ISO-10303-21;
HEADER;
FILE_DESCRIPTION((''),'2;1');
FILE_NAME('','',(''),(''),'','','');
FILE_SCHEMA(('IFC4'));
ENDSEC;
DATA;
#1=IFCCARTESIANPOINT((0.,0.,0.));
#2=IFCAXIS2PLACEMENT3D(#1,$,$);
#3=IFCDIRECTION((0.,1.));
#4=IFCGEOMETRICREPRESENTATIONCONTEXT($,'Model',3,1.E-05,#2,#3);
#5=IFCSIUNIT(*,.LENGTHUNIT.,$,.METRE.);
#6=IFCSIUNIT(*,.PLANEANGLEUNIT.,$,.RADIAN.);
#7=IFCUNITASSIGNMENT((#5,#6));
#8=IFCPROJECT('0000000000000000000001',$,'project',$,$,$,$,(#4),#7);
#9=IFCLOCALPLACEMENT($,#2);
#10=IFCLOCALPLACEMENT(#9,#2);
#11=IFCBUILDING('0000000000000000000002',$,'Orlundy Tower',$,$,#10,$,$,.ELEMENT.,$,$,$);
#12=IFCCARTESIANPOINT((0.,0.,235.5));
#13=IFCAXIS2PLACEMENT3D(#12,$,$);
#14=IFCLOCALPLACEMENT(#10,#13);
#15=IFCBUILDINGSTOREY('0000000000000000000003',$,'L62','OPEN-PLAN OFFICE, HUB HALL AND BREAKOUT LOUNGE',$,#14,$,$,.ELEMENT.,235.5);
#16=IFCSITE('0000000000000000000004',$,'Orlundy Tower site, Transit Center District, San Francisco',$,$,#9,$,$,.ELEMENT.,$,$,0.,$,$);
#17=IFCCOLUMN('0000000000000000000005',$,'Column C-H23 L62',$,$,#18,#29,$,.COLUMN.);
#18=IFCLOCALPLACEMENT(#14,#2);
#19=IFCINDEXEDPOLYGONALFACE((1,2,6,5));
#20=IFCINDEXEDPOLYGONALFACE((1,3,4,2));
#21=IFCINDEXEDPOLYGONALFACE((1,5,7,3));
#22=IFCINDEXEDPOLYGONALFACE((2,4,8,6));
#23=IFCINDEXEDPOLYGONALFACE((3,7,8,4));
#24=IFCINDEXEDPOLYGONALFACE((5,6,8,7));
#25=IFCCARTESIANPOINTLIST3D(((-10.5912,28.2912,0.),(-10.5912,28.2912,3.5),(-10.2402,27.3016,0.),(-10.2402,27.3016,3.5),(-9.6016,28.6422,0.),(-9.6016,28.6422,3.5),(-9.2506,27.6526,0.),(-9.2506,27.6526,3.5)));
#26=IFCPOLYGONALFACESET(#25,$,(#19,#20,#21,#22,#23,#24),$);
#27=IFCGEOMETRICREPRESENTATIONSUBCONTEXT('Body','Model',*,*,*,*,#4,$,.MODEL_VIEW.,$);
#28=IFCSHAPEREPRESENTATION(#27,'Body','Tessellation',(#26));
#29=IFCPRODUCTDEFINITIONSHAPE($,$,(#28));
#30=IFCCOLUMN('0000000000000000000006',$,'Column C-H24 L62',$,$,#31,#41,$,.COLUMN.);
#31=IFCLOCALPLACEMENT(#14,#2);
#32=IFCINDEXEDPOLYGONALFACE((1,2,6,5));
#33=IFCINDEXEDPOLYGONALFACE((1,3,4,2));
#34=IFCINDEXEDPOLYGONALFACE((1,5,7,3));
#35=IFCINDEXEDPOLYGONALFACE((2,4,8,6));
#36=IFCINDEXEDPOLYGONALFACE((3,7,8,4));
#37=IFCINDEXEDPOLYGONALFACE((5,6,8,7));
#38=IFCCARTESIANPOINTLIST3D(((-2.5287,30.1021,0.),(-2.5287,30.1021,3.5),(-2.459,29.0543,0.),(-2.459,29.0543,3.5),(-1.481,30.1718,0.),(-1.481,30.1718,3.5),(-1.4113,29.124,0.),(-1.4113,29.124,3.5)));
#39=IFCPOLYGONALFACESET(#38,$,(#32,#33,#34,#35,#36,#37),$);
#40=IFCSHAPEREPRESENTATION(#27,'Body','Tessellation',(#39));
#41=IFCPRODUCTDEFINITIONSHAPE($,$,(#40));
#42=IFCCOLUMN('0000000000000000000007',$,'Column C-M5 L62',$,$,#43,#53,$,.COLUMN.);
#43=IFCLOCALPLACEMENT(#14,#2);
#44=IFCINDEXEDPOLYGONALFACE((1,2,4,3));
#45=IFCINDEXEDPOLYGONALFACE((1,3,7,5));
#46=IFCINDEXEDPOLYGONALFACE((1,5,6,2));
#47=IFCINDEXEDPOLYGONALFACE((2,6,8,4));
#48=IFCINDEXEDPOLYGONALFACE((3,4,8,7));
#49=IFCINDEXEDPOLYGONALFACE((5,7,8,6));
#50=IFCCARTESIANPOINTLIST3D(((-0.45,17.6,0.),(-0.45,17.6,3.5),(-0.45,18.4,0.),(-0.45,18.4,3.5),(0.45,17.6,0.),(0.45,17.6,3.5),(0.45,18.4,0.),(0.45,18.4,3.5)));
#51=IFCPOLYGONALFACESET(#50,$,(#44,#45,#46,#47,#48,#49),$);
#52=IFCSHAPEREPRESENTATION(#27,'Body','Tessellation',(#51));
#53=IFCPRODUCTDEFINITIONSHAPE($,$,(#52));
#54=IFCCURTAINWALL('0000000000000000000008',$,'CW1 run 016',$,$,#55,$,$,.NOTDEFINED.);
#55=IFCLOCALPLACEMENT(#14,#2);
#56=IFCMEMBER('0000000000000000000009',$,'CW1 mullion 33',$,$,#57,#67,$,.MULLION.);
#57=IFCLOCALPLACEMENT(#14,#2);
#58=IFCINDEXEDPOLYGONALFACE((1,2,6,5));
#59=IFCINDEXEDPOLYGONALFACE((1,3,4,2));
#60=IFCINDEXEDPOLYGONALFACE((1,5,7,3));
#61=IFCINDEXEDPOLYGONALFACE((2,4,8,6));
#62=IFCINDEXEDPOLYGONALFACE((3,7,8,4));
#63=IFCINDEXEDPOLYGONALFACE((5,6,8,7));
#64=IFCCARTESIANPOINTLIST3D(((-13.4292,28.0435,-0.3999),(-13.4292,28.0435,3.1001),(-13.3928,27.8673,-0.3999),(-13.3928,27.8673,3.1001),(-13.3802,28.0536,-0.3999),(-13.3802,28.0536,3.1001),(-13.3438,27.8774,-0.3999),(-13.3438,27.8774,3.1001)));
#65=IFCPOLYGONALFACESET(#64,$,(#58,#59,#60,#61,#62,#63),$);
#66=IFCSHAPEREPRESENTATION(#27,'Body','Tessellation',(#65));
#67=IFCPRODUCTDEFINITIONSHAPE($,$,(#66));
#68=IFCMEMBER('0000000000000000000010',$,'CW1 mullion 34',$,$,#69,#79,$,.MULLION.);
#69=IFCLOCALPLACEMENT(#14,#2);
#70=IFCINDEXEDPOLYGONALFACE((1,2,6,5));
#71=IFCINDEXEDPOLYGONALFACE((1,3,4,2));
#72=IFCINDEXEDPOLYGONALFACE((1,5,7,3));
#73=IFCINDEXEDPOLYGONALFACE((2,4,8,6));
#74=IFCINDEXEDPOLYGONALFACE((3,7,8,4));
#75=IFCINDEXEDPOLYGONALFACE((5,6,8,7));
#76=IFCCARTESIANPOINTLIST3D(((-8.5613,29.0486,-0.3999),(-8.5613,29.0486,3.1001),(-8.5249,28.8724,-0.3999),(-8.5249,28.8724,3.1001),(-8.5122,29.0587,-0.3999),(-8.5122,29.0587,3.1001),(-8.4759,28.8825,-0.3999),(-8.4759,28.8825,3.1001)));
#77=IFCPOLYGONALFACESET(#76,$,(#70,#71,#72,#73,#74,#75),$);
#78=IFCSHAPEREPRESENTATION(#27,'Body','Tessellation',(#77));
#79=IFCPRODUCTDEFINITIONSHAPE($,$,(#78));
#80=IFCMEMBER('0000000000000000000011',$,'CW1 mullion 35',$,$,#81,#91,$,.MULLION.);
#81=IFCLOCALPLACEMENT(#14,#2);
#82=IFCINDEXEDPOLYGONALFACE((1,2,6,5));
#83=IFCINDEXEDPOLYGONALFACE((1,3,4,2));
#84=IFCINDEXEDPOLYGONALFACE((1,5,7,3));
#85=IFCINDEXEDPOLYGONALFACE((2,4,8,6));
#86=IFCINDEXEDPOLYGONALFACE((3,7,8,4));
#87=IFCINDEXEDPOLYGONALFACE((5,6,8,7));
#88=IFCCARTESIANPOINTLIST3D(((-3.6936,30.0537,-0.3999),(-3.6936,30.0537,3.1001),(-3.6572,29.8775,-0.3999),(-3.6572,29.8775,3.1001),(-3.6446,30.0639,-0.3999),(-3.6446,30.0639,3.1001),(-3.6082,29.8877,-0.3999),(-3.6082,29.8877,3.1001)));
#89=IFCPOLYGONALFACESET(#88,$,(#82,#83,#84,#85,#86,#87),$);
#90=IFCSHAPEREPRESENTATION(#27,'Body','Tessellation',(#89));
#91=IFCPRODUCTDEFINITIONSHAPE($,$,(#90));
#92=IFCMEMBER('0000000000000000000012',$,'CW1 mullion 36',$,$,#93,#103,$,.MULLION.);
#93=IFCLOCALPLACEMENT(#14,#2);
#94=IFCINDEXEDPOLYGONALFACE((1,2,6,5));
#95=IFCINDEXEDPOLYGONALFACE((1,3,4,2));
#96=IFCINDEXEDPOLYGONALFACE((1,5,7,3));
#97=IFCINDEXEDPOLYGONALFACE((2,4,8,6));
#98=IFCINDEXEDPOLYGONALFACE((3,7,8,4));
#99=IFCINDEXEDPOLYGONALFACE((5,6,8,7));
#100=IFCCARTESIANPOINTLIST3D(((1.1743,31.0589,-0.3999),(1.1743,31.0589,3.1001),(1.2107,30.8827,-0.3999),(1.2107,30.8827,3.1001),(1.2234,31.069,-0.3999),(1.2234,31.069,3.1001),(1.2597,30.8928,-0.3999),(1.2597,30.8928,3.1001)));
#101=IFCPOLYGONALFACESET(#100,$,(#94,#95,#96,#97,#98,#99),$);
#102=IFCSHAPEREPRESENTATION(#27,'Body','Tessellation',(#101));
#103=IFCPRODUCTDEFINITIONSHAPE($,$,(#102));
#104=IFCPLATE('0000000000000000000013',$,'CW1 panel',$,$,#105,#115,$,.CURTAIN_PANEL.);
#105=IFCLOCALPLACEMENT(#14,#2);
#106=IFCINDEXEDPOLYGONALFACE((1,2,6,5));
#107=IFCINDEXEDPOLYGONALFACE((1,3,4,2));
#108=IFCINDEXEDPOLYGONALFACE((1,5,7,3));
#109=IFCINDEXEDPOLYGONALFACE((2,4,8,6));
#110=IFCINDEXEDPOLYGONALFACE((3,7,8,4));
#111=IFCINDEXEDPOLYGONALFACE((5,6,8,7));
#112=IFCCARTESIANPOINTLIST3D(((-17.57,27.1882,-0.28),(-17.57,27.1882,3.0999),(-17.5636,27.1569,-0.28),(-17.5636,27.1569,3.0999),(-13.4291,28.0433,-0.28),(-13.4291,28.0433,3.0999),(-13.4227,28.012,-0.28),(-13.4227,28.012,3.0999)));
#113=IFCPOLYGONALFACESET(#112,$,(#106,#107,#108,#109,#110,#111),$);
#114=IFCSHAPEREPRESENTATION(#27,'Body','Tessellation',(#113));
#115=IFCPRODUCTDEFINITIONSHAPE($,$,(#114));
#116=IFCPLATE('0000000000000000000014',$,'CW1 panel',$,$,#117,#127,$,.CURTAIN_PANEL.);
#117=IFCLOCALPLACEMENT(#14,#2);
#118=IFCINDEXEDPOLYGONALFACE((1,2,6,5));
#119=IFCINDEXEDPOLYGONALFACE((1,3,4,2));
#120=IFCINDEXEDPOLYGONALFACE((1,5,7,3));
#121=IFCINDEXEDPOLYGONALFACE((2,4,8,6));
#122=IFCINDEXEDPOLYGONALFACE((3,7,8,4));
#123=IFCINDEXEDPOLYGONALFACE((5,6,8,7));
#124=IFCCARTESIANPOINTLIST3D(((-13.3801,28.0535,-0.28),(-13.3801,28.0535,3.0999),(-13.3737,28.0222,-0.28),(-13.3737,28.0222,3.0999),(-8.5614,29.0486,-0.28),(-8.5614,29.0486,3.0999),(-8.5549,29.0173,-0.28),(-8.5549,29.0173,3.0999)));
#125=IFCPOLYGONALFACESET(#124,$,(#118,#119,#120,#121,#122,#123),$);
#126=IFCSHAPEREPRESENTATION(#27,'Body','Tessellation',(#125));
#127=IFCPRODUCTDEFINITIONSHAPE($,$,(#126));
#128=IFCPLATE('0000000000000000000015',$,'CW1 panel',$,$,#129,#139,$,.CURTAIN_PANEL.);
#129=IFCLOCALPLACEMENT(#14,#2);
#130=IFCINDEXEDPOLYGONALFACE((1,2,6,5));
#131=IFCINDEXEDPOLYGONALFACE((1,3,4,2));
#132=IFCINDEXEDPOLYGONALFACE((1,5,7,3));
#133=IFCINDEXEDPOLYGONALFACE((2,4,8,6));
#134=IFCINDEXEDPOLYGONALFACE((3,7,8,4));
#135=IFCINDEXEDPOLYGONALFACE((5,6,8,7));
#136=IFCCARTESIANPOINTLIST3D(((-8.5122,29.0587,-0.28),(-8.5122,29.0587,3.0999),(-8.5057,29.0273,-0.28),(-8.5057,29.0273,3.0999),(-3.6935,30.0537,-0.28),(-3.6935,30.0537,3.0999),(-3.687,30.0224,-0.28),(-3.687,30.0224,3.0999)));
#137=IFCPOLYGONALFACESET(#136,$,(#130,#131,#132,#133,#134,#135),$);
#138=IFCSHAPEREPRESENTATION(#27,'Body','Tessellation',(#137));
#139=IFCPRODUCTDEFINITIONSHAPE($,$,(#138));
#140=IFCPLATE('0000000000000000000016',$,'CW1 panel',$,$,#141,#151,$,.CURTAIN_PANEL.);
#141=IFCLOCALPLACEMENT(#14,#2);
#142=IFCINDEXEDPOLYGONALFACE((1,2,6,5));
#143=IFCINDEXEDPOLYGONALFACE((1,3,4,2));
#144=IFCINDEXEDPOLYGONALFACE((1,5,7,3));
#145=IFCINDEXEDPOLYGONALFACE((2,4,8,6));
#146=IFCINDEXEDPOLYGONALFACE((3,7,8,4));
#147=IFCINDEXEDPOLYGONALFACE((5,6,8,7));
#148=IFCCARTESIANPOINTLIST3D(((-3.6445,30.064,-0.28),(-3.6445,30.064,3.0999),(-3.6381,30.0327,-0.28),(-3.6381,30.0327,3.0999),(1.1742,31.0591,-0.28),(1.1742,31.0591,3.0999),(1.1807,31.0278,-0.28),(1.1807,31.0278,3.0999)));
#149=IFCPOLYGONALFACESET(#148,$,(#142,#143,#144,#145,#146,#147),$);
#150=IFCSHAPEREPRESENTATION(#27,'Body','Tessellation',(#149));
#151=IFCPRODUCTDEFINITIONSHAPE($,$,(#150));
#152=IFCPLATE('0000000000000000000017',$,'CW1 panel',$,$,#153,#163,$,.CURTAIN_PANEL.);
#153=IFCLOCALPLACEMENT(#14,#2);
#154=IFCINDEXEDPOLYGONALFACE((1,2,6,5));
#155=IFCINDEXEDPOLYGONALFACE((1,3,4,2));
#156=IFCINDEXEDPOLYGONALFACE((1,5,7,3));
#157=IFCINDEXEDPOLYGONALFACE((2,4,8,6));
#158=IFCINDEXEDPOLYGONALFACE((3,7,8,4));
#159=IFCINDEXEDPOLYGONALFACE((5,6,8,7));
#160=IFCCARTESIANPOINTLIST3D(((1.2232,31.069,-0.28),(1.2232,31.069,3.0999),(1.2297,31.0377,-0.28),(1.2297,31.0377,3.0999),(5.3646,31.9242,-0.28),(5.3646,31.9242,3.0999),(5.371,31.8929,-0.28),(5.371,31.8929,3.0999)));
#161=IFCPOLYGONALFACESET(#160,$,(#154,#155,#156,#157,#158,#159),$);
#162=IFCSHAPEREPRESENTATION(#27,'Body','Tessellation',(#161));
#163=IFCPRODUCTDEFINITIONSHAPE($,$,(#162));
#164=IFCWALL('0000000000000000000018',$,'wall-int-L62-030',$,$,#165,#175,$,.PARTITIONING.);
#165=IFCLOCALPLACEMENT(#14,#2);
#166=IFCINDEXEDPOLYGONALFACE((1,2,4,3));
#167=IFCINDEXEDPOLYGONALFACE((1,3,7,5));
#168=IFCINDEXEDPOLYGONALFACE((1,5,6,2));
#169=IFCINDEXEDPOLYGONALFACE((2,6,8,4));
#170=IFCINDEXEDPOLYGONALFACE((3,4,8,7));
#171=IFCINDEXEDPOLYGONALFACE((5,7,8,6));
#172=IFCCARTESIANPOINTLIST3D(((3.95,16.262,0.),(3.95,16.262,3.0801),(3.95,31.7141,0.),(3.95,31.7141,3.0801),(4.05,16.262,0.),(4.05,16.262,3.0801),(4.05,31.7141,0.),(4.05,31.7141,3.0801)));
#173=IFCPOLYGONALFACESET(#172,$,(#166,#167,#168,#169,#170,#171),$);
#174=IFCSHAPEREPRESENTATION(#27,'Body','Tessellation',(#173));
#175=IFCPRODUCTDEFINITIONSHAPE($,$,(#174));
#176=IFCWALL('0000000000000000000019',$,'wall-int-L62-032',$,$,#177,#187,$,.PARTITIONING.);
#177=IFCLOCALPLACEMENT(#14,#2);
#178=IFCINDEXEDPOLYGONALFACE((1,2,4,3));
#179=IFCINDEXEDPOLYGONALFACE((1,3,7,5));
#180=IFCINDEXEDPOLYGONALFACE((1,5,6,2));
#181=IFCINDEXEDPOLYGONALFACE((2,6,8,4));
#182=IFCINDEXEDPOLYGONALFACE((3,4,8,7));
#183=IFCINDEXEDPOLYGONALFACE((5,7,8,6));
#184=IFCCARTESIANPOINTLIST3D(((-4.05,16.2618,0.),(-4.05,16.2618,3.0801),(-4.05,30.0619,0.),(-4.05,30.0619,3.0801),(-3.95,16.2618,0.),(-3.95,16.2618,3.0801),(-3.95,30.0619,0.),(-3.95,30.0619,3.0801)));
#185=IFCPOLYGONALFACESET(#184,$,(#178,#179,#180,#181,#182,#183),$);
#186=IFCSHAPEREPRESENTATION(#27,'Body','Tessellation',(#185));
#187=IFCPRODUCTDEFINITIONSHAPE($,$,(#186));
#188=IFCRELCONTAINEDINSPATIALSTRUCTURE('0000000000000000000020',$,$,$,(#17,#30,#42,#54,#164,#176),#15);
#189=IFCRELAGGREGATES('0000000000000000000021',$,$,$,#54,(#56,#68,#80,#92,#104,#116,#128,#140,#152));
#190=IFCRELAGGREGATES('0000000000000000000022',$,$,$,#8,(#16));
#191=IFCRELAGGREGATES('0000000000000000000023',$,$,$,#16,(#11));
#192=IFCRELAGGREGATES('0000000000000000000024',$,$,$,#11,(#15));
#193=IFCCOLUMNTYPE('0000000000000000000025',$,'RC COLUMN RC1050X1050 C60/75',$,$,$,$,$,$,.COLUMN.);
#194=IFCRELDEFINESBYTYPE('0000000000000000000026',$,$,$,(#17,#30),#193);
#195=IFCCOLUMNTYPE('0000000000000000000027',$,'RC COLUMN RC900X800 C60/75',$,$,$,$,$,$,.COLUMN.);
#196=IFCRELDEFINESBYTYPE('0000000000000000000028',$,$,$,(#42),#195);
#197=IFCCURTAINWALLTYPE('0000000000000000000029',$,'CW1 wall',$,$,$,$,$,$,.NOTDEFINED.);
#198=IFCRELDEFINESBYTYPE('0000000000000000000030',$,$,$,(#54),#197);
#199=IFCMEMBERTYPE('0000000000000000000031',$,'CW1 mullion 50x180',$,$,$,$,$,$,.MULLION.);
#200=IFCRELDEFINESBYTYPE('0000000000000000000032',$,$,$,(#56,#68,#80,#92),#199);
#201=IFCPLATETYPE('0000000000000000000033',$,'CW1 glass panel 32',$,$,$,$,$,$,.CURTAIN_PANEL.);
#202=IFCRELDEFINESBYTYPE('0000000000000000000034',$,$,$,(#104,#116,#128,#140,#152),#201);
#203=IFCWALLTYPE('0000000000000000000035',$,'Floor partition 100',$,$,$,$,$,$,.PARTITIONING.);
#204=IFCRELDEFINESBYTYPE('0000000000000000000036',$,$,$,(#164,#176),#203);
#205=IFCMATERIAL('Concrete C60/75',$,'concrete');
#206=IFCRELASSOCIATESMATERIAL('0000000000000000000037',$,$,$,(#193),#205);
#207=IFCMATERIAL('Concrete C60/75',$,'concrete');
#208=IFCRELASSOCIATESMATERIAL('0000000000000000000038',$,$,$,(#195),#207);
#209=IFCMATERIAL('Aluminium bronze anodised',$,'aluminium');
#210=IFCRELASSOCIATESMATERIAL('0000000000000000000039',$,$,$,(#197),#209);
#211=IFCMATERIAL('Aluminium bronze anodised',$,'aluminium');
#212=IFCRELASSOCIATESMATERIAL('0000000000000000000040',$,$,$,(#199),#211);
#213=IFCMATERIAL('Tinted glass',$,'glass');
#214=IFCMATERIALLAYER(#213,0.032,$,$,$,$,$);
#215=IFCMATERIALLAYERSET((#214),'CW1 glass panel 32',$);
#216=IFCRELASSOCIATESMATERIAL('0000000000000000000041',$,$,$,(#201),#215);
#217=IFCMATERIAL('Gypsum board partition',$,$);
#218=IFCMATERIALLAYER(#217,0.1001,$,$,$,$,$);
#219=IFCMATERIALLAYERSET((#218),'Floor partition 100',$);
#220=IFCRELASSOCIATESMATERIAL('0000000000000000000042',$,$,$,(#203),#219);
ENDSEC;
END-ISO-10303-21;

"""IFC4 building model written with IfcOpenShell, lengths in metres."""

from ifc_helpers import new_model, si_unit, direction, frame, frame_2d, origin, origin_2d, place, context, subcontext, project, spatial, rectangle, extrude, material, layer, layer_set, material_profile, profile_set, type_object, element, aggregate, save


model = new_model("IFC4")

# Units and contexts
model_context = context("Model", 3, precision=1e-05, world=origin(), true_north=direction((0.0, 1.0)))
body_context = subcontext(model_context, "Body", "Model", "MODEL_VIEW")
ifc_project = project(units=[si_unit("LENGTHUNIT", "METRE"), si_unit("PLANEANGLEUNIT", "RADIAN")], contexts=[model_context])

# Site, building, storey
site_placement = place(None, origin())
site = spatial("IfcSite", under=ifc_project, at=site_placement, Name="Orlundy Tower site, Transit Center District, San Francisco", CompositionType="ELEMENT", RefElevation=0.0)
building_placement = place(site_placement, origin())
building = spatial("IfcBuilding", under=site, at=building_placement, Name="Orlundy Tower", CompositionType="ELEMENT")
storey_placement = place(building_placement, frame((0.0, 0.0, 235.5)))
storey = spatial("IfcBuildingStorey", under=building, at=storey_placement, Name="L62", Description="OPEN-PLAN OFFICE, HUB HALL AND BREAKOUT LOUNGE", CompositionType="ELEMENT", Elevation=235.5)

# Columns
ifc_material_1 = material(Name="Concrete C60/75", Category="concrete")
ifc_material_profile_1 = material_profile(ifc_material_1, rectangle(XDim=1.05, YDim=1.05, at=origin_2d()), Name="RC1050X1050")
ifc_profile_set_1 = profile_set([ifc_material_profile_1], Name="Concrete C60/75")
column_type_1 = type_object("IfcColumnType", Name="RC COLUMN RC1050X1050 C60/75", PredefinedType="COLUMN", material=ifc_profile_set_1)
for number, where, z_axis, x_axis, name in (
    (1, (-9.9209, 27.9719, 0.0), (0.0, 0.0, 1.0), (-0.334267, 0.942478, 0.0), "Column C-H23 L62"),
    (2, (-1.97, 29.613, 0.0), (0.0, 0.0, 1.0), (-0.066378, 0.997795, 0.0), "Column C-H24 L62"),
):
    element("IfcColumn", number, at=place(storey_placement, frame(where, z_axis=z_axis, x_axis=x_axis)), inside=storey, type_object=column_type_1, Name=name, PredefinedType="COLUMN", context=body_context, shape_type="SweptSolid", body=[
        extrude(rectangle(XDim=1.05, YDim=1.05, at=origin_2d()), origin(), (0.0, 0.0, 1.0), 3.5),
    ])
ifc_material_2 = material(Name="Concrete C60/75", Category="concrete")
ifc_material_profile_2 = material_profile(ifc_material_2, rectangle(XDim=0.8999, YDim=0.8, at=origin_2d()), Name="RC900X800")
ifc_profile_set_2 = profile_set([ifc_material_profile_2], Name="Concrete C60/75")
column_type_2 = type_object("IfcColumnType", Name="RC COLUMN RC900X800 C60/75", PredefinedType="COLUMN", material=ifc_profile_set_2)
column_placement = place(storey_placement, frame((0.0, 18.0, 0.0), z_axis=(0.0, 0.0, 1.0), x_axis=(1.0, 0.0, 0.0)))
element("IfcColumn", 3, at=column_placement, inside=storey, type_object=column_type_2, Name="Column C-M5 L62", PredefinedType="COLUMN", context=body_context, shape_type="SweptSolid", body=[
    extrude(rectangle(XDim=0.8999, YDim=0.8, at=origin_2d()), origin(), (0.0, 0.0, 1.0), 3.5),
])

# Curtain wall, members, plates
ifc_material_3 = material(Name="Aluminium bronze anodised", Category="aluminium")
curtain_wall_type = type_object("IfcCurtainWallType", Name="CW1 wall", PredefinedType="NOTDEFINED", material=ifc_material_3)
curtain_wall_placement = place(storey_placement, origin())
curtain_wall = element("IfcCurtainWall", 4, at=curtain_wall_placement, inside=storey, type_object=curtain_wall_type, Name="CW1 run 016", PredefinedType="NOTDEFINED")
ifc_material_4 = material(Name="Aluminium bronze anodised", Category="aluminium")
ifc_material_profile_3 = material_profile(ifc_material_4, rectangle(XDim=0.1799, YDim=0.05, at=origin_2d()), Name="CW1 mullion 50x180")
ifc_profile_set_3 = profile_set([ifc_material_profile_3], Name="Aluminium bronze anodised")
member_type = type_object("IfcMemberType", Name="CW1 mullion 50x180", PredefinedType="MULLION", material=ifc_profile_set_3)
member_1_placement = place(storey_placement, frame((-13.3865, 27.9604, -0.3999), z_axis=(0.0, 0.0, 1.0), x_axis=(-0.202233, 0.979337, 0.0)))
member_1 = element("IfcMember", 5, at=member_1_placement, type_object=member_type, Name="CW1 mullion 33", PredefinedType="MULLION", context=body_context, shape_type="SweptSolid", body=[
    extrude(rectangle(XDim=0.1799, YDim=0.05, at=origin_2d()), origin(), (0.0, 0.0, 1.0), 3.5),
])
member_2_placement = place(storey_placement, frame((-8.5186, 28.9656, -0.3999), z_axis=(0.0, 0.0, 1.0), x_axis=(-0.202233, 0.979337, 0.0)))
member_2 = element("IfcMember", 6, at=member_2_placement, type_object=member_type, Name="CW1 mullion 34", PredefinedType="MULLION", context=body_context, shape_type="SweptSolid", body=[
    extrude(rectangle(XDim=0.1799, YDim=0.05, at=origin_2d()), origin(), (0.0, 0.0, 1.0), 3.5),
])
member_3_placement = place(storey_placement, frame((-3.6509, 29.9707, -0.3999), z_axis=(0.0, 0.0, 1.0), x_axis=(-0.202233, 0.979337, 0.0)))
member_3 = element("IfcMember", 7, at=member_3_placement, type_object=member_type, Name="CW1 mullion 35", PredefinedType="MULLION", context=body_context, shape_type="SweptSolid", body=[
    extrude(rectangle(XDim=0.1799, YDim=0.05, at=origin_2d()), origin(), (0.0, 0.0, 1.0), 3.5),
])
member_4_placement = place(storey_placement, frame((1.217, 30.9758, -0.3999), z_axis=(0.0, 0.0, 1.0), x_axis=(-0.202233, 0.979337, 0.0)))
member_4 = element("IfcMember", 8, at=member_4_placement, type_object=member_type, Name="CW1 mullion 36", PredefinedType="MULLION", context=body_context, shape_type="SweptSolid", body=[
    extrude(rectangle(XDim=0.1799, YDim=0.05, at=origin_2d()), origin(), (0.0, 0.0, 1.0), 3.5),
])
ifc_material_5 = material(Name="Tinted glass", Category="glass")
ifc_layer_1 = layer(ifc_material_5, 0.032)
ifc_layer_set_1 = layer_set([ifc_layer_1], Name="CW1 glass panel 32")
plate_type = type_object("IfcPlateType", Name="CW1 glass panel 32", PredefinedType="CURTAIN_PANEL", material=ifc_layer_set_1)
plate_1_placement = place(storey_placement, frame((-15.4963, 27.6001, -0.28), z_axis=(0.0, 0.0, 1.0), x_axis=(0.979337, 0.202233, 0.0)))
plate_1 = element("IfcPlate", 9, at=plate_1_placement, type_object=plate_type, Name="CW1 panel", PredefinedType="CURTAIN_PANEL", context=body_context, shape_type="SweptSolid", body=[
    extrude(rectangle(XDim=4.2283, YDim=0.032, at=origin_2d()), origin(), (0.0, 0.0, 1.0), 3.3799),
])
plate_2_placement = place(storey_placement, frame((-10.9675, 28.5354, -0.28), z_axis=(0.0, 0.0, 1.0), x_axis=(0.979337, 0.202233, 0.0)))
plate_2 = element("IfcPlate", 10, at=plate_2_placement, type_object=plate_type, Name="CW1 panel", PredefinedType="CURTAIN_PANEL", context=body_context, shape_type="SweptSolid", body=[
    extrude(rectangle(XDim=4.9204, YDim=0.032, at=origin_2d()), origin(), (0.0, 0.0, 1.0), 3.3799),
])
plate_3_placement = place(storey_placement, frame((-6.0996, 29.5405, -0.28), z_axis=(0.0, 0.0, 1.0), x_axis=(0.979337, 0.202233, 0.0)))
plate_3 = element("IfcPlate", 11, at=plate_3_placement, type_object=plate_type, Name="CW1 panel", PredefinedType="CURTAIN_PANEL", context=body_context, shape_type="SweptSolid", body=[
    extrude(rectangle(XDim=4.9204, YDim=0.032, at=origin_2d()), origin(), (0.0, 0.0, 1.0), 3.3799),
])
plate_4_placement = place(storey_placement, frame((-1.2319, 30.5459, -0.28), z_axis=(0.0, 0.0, 1.0), x_axis=(0.979337, 0.202233, 0.0)))
plate_4 = element("IfcPlate", 12, at=plate_4_placement, type_object=plate_type, Name="CW1 panel", PredefinedType="CURTAIN_PANEL", context=body_context, shape_type="SweptSolid", body=[
    extrude(rectangle(XDim=4.9204, YDim=0.032, at=origin_2d()), origin(), (0.0, 0.0, 1.0), 3.3799),
])
plate_5_placement = place(storey_placement, frame((3.2971, 31.481, -0.28), z_axis=(0.0, 0.0, 1.0), x_axis=(0.979337, 0.202233, 0.0)))
plate_5 = element("IfcPlate", 13, at=plate_5_placement, type_object=plate_type, Name="CW1 panel", PredefinedType="CURTAIN_PANEL", context=body_context, shape_type="SweptSolid", body=[
    extrude(rectangle(XDim=4.2288, YDim=0.032, at=origin_2d()), origin(), (0.0, 0.0, 1.0), 3.3799),
])
aggregate(curtain_wall, [member_1, member_2, member_3, member_4, plate_1, plate_2, plate_3, plate_4, plate_5])

# Walls
ifc_material_6 = material(Name="Gypsum board partition")
ifc_layer_2 = layer(ifc_material_6, 0.1001)
ifc_layer_set_2 = layer_set([ifc_layer_2], Name="Floor partition 100")
wall_type_1 = type_object("IfcWallType", Name="Floor partition 100", PredefinedType="PARTITIONING", material=ifc_layer_set_2)
wall_1_placement = place(storey_placement, frame((4.0, 16.262, 0.0), z_axis=(0.0, 0.0, 1.0), x_axis=(0.0, 1.0, 0.0)))
element("IfcWall", 14, at=wall_1_placement, inside=storey, type_object=wall_type_1, Name="wall-int-L62-030", PredefinedType="PARTITIONING", context=body_context, shape_type="SweptSolid", body=[
    extrude(rectangle(XDim=15.4521, YDim=0.1001, at=frame_2d((7.7261, 0.0))), origin(), (0.0, 0.0, 1.0), 3.0801),
])
wall_2_placement = place(storey_placement, frame((-4.0, 16.262, 0.0), z_axis=(0.0, 0.0, 1.0), x_axis=(0.0, 1.0, 0.0)))
element("IfcWall", 15, at=wall_2_placement, inside=storey, type_object=wall_type_1, Name="wall-int-L62-032", PredefinedType="PARTITIONING", context=body_context, shape_type="SweptSolid", body=[
    extrude(rectangle(XDim=13.8, YDim=0.1001, at=frame_2d((6.8999, 0.0))), origin(), (0.0, 0.0, 1.0), 3.0801),
])

save(model, "model.ifc")
